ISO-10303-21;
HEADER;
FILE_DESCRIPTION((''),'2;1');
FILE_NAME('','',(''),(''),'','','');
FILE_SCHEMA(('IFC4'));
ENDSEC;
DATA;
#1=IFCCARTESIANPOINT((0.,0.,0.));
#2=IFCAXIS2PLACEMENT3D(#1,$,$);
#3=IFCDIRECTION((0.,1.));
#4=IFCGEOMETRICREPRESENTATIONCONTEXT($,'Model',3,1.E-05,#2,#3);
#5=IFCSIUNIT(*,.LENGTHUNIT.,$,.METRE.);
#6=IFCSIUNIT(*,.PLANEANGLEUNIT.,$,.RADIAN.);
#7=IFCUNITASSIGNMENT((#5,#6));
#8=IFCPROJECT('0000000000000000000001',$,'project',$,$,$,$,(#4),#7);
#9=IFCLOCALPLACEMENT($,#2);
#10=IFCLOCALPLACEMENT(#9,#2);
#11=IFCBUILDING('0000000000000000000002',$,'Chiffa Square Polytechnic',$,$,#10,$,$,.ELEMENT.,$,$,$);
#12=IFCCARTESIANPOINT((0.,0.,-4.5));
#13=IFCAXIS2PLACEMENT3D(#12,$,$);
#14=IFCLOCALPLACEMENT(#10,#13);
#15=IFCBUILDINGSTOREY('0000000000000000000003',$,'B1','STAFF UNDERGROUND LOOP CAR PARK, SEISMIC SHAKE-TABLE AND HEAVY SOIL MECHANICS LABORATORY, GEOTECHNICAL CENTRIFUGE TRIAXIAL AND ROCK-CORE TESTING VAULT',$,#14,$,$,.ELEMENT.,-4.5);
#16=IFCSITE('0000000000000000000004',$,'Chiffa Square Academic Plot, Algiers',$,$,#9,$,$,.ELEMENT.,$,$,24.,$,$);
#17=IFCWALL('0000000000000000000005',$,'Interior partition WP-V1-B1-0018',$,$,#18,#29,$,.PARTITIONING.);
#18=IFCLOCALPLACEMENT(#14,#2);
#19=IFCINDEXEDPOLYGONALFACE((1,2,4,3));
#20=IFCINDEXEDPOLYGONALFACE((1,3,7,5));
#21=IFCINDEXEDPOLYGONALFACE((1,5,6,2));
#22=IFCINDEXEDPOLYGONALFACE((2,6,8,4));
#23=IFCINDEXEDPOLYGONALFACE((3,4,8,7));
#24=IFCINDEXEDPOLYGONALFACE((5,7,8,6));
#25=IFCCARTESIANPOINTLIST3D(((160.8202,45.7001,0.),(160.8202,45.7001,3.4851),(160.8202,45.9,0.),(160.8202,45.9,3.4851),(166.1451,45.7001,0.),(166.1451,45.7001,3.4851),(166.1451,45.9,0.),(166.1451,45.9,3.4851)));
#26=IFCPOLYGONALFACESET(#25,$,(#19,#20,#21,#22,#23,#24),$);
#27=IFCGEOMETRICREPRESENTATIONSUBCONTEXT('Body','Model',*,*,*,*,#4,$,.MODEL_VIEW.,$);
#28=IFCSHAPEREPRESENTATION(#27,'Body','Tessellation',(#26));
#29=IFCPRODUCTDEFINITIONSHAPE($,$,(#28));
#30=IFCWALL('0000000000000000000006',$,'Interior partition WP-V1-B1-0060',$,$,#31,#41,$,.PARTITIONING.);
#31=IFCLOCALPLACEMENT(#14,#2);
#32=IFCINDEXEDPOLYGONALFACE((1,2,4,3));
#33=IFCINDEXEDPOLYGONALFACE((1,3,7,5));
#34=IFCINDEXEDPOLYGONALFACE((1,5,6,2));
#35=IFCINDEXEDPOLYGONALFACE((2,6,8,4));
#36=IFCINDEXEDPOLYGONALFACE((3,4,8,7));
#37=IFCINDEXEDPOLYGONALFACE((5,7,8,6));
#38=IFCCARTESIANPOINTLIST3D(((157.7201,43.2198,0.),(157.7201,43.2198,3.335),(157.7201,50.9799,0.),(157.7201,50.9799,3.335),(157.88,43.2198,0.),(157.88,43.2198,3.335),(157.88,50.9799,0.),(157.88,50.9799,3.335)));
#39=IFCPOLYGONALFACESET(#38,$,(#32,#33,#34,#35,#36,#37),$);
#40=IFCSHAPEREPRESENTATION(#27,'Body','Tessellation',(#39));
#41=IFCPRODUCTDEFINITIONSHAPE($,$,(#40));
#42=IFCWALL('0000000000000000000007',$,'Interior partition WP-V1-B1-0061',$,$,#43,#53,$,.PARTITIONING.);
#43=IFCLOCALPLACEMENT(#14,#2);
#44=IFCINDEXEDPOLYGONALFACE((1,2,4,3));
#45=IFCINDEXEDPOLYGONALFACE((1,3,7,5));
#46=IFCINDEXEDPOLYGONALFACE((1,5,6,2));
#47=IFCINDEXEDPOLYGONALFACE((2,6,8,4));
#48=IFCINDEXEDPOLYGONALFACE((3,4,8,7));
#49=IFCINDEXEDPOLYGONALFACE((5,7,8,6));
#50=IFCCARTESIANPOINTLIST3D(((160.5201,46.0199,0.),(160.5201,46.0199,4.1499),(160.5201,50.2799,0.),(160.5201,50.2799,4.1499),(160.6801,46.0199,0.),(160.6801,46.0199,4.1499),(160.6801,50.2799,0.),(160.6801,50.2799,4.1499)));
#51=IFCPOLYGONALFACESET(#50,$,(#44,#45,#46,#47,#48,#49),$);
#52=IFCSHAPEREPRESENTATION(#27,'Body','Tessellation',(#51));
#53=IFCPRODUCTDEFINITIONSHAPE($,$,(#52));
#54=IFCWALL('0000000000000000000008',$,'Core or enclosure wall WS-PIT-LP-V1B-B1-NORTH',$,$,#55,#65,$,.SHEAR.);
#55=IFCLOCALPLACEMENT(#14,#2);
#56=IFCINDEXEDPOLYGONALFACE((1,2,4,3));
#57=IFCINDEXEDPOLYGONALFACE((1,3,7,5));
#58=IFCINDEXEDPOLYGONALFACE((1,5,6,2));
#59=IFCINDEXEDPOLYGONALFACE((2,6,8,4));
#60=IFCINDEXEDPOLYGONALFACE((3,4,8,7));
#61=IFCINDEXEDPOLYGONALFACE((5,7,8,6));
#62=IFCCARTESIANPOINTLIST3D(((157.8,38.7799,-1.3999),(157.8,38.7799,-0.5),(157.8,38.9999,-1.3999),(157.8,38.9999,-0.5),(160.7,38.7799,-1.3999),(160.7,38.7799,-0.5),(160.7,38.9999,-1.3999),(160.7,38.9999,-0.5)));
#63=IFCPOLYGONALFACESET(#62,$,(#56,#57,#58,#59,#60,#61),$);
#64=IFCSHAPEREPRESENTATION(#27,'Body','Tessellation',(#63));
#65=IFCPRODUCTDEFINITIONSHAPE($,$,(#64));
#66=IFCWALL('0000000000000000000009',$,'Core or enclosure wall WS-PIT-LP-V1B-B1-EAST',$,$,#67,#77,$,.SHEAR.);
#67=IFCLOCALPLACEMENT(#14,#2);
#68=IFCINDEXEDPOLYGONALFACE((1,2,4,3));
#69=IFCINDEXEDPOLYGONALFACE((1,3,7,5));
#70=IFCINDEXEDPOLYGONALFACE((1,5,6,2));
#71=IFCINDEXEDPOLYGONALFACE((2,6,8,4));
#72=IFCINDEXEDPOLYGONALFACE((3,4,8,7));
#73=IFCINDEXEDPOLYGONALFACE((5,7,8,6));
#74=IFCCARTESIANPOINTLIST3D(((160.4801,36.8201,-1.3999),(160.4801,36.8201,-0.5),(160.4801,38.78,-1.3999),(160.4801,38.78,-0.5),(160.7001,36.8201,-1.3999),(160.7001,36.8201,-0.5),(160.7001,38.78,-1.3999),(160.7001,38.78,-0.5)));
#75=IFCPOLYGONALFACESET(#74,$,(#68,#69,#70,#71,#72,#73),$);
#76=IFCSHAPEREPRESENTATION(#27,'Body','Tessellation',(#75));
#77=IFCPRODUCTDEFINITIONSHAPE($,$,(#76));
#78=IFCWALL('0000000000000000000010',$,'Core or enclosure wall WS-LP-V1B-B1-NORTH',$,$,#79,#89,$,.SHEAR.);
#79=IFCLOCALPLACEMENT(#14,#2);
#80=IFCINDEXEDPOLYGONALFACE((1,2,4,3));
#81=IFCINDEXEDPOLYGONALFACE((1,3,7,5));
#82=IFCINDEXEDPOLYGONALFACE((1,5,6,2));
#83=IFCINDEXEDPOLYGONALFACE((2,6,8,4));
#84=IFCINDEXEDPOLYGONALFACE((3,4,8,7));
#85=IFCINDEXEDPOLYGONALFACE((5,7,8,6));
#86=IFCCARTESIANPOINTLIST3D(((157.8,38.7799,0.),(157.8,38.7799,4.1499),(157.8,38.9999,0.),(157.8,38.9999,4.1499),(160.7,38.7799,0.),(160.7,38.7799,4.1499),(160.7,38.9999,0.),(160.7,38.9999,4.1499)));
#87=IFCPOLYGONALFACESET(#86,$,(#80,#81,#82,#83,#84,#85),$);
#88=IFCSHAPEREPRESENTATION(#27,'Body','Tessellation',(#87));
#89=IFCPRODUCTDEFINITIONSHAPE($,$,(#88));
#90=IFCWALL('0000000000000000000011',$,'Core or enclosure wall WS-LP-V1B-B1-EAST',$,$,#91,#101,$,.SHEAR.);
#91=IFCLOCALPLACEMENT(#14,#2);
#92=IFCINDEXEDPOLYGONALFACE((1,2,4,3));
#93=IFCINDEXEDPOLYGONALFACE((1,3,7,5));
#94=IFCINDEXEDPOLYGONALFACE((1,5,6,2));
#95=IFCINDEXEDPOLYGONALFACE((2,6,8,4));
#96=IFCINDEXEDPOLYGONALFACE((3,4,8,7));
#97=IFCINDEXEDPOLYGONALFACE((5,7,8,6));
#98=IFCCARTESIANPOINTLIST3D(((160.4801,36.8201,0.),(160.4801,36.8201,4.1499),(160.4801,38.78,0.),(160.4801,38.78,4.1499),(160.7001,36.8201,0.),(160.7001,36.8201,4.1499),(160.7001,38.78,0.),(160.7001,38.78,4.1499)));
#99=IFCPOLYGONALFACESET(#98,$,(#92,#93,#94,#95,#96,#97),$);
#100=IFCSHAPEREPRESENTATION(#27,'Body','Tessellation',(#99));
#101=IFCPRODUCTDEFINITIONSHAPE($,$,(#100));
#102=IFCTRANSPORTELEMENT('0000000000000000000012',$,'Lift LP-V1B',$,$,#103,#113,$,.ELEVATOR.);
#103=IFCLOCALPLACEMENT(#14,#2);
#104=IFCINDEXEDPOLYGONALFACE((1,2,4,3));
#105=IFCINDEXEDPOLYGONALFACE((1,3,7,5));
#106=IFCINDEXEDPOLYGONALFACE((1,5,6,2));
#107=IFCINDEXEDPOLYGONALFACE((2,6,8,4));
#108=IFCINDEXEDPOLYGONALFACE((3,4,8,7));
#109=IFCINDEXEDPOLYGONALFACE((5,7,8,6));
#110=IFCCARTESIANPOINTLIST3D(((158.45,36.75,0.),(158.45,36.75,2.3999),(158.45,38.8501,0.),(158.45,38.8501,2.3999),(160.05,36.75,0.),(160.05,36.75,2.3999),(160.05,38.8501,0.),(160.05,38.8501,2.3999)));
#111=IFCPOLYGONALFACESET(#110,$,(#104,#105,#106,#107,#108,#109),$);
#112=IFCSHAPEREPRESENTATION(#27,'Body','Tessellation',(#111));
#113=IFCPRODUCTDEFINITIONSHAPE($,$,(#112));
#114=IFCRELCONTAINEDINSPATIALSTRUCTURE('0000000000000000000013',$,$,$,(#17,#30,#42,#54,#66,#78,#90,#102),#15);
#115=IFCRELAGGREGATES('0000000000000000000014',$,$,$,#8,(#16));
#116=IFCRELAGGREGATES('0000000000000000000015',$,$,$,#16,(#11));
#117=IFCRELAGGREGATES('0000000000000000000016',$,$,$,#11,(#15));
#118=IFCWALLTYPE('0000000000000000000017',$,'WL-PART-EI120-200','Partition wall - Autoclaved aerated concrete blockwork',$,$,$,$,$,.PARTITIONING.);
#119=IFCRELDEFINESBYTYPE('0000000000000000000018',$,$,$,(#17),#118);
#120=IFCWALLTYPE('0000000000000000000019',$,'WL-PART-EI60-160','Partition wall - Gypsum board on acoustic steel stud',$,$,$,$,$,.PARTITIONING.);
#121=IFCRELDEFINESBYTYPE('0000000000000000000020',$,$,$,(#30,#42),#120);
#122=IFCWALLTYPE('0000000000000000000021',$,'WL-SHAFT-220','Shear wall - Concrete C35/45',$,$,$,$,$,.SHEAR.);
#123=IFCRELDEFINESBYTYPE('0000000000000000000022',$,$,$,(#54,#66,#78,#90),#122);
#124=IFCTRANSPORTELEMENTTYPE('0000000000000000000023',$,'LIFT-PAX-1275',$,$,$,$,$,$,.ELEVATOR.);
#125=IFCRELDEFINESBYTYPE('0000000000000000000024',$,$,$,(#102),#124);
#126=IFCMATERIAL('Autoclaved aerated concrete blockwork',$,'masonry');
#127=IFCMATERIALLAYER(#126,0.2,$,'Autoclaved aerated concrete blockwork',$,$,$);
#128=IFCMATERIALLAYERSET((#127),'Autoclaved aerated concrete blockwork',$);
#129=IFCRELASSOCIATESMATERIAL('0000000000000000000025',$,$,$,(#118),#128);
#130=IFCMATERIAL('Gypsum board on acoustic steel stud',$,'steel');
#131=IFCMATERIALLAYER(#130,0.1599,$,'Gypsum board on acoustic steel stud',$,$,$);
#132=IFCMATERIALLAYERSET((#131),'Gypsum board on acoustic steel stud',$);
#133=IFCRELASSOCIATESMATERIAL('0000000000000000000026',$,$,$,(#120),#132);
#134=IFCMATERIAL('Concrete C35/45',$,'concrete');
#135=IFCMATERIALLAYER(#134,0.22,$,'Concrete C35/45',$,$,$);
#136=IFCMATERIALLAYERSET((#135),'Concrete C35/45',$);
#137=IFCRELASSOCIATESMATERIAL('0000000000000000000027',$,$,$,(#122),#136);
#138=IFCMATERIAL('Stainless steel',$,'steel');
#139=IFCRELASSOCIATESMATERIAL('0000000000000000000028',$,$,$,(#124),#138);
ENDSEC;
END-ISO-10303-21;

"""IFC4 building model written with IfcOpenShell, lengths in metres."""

from ifc_helpers import new_model, si_unit, direction, frame, frame_2d, origin, origin_2d, place, context, subcontext, project, spatial, rectangle, extrude, material, layer, layer_set, type_object, element, save


model = new_model("IFC4")

# Units and contexts
model_context = context("Model", 3, precision=1e-05, world=origin(), true_north=direction((0.0, 1.0)))
body_context = subcontext(model_context, "Body", "Model", "MODEL_VIEW")
ifc_project = project(units=[si_unit("LENGTHUNIT", "METRE"), si_unit("PLANEANGLEUNIT", "RADIAN")], contexts=[model_context])

# Site, building, storey
site_placement = place(None, origin())
site = spatial("IfcSite", under=ifc_project, at=site_placement, Name="Chiffa Square Academic Plot, Algiers", CompositionType="ELEMENT", RefElevation=24.0)
building_placement = place(site_placement, origin())
building = spatial("IfcBuilding", under=site, at=building_placement, Name="Chiffa Square Polytechnic", CompositionType="ELEMENT")
storey_placement = place(building_placement, frame((0.0, 0.0, -4.5)))
storey = spatial("IfcBuildingStorey", under=building, at=storey_placement, Name="B1", Description="STAFF UNDERGROUND LOOP CAR PARK, SEISMIC SHAKE-TABLE AND HEAVY SOIL MECHANICS LABORATORY, GEOTECHNICAL CENTRIFUGE TRIAXIAL AND ROCK-CORE TESTING VAULT", CompositionType="ELEMENT", Elevation=-4.5)

# Shared definitions
ifc_material_1 = material(Name="Concrete C35/45", Category="concrete")

# Shared definitions
ifc_material_2 = material(Name="Autoclaved aerated concrete blockwork", Category="masonry")
ifc_layer_1 = layer(ifc_material_2, 0.2, Name="Autoclaved aerated concrete blockwork")
ifc_layer_set_1 = layer_set([ifc_layer_1], Name="Autoclaved aerated concrete blockwork")
wall_type_1 = type_object("IfcWallType", Name="WL-PART-EI120-200", Description="Partition wall - Autoclaved aerated concrete blockwork", PredefinedType="PARTITIONING", material=ifc_layer_set_1)

# Walls
wall_1_placement = place(storey_placement, frame((160.8201, 45.8, 0.0), z_axis=(0.0, 0.0, 1.0), x_axis=(1.0, 0.0, 0.0)))
element("IfcWall", 1, at=wall_1_placement, inside=storey, type_object=wall_type_1, Name="Interior partition WP-V1-B1-0018", PredefinedType="PARTITIONING", context=body_context, shape_type="SweptSolid", body=[
    extrude(rectangle(XDim=5.325, YDim=0.2, at=frame_2d((2.6626, 0.0))), origin(), (0.0, 0.0, 1.0), 3.4851),
])
ifc_material_3 = material(Name="Gypsum board on acoustic steel stud", Category="steel")
ifc_layer_2 = layer(ifc_material_3, 0.1599, Name="Gypsum board on acoustic steel stud")
ifc_layer_set_2 = layer_set([ifc_layer_2], Name="Gypsum board on acoustic steel stud")
wall_type_2 = type_object("IfcWallType", Name="WL-PART-EI60-160", Description="Partition wall - Gypsum board on acoustic steel stud", PredefinedType="PARTITIONING", material=ifc_layer_set_2)
wall_2_placement = place(storey_placement, frame((157.8, 43.22, 0.0), z_axis=(0.0, 0.0, 1.0), x_axis=(0.0, 1.0, 0.0)))
element("IfcWall", 2, at=wall_2_placement, inside=storey, type_object=wall_type_2, Name="Interior partition WP-V1-B1-0060", PredefinedType="PARTITIONING", context=body_context, shape_type="SweptSolid", body=[
    extrude(rectangle(XDim=7.76, YDim=0.1599, at=frame_2d((3.8799, 0.0))), origin(), (0.0, 0.0, 1.0), 3.335),
])
wall_3_placement = place(storey_placement, frame((160.6001, 46.02, 0.0), z_axis=(0.0, 0.0, 1.0), x_axis=(0.0, 1.0, 0.0)))
element("IfcWall", 3, at=wall_3_placement, inside=storey, type_object=wall_type_2, Name="Interior partition WP-V1-B1-0061", PredefinedType="PARTITIONING", context=body_context, shape_type="SweptSolid", body=[
    extrude(rectangle(XDim=4.26, YDim=0.1599, at=frame_2d((2.1299, 0.0))), origin(), (0.0, 0.0, 1.0), 4.1499),
])
ifc_layer_3 = layer(ifc_material_1, 0.22, Name="Concrete C35/45")
ifc_layer_set_3 = layer_set([ifc_layer_3], Name="Concrete C35/45")
wall_type_3 = type_object("IfcWallType", Name="WL-SHAFT-220", Description="Shear wall - Concrete C35/45", PredefinedType="SHEAR", material=ifc_layer_set_3)
wall_4_placement = place(storey_placement, frame((157.8, 38.8899, -1.3999), z_axis=(0.0, 0.0, 1.0), x_axis=(1.0, 0.0, 0.0)))
element("IfcWall", 4, at=wall_4_placement, inside=storey, type_object=wall_type_3, Name="Core or enclosure wall WS-PIT-LP-V1B-B1-NORTH", PredefinedType="SHEAR", context=body_context, shape_type="SweptSolid", body=[
    extrude(rectangle(XDim=2.8999, YDim=0.22, at=frame_2d((1.45, 0.0))), origin(), (0.0, 0.0, 1.0), 0.8999),
])
wall_5_placement = place(storey_placement, frame((160.5901, 36.8201, -1.3999), z_axis=(0.0, 0.0, 1.0), x_axis=(0.0, 1.0, 0.0)))
element("IfcWall", 5, at=wall_5_placement, inside=storey, type_object=wall_type_3, Name="Core or enclosure wall WS-PIT-LP-V1B-B1-EAST", PredefinedType="SHEAR", context=body_context, shape_type="SweptSolid", body=[
    extrude(rectangle(XDim=1.96, YDim=0.22, at=frame_2d((0.98, 0.0))), origin(), (0.0, 0.0, 1.0), 0.8999),
])
wall_6_placement = place(storey_placement, frame((157.8, 38.8899, 0.0), z_axis=(0.0, 0.0, 1.0), x_axis=(1.0, 0.0, 0.0)))
element("IfcWall", 6, at=wall_6_placement, inside=storey, type_object=wall_type_3, Name="Core or enclosure wall WS-LP-V1B-B1-NORTH", PredefinedType="SHEAR", context=body_context, shape_type="SweptSolid", body=[
    extrude(rectangle(XDim=2.8999, YDim=0.22, at=frame_2d((1.45, 0.0))), origin(), (0.0, 0.0, 1.0), 4.1499),
])
wall_7_placement = place(storey_placement, frame((160.5901, 36.8201, 0.0), z_axis=(0.0, 0.0, 1.0), x_axis=(0.0, 1.0, 0.0)))
element("IfcWall", 7, at=wall_7_placement, inside=storey, type_object=wall_type_3, Name="Core or enclosure wall WS-LP-V1B-B1-EAST", PredefinedType="SHEAR", context=body_context, shape_type="SweptSolid", body=[
    extrude(rectangle(XDim=1.96, YDim=0.22, at=frame_2d((0.98, 0.0))), origin(), (0.0, 0.0, 1.0), 4.1499),
])

# Transport element
ifc_material_4 = material(Name="Stainless steel", Category="steel")
transport_element_type = type_object("IfcTransportElementType", Name="LIFT-PAX-1275", PredefinedType="ELEVATOR", material=ifc_material_4)
transport_element_placement = place(storey_placement, frame((159.25, 37.8, 0.0), z_axis=(0.0, 0.0, 1.0), x_axis=(1.0, 0.0, 0.0)))
element("IfcTransportElement", 8, at=transport_element_placement, inside=storey, type_object=transport_element_type, Name="Lift LP-V1B", PredefinedType="ELEVATOR", context=body_context, shape_type="SweptSolid", body=[
    extrude(rectangle(XDim=1.6001, YDim=2.1001, at=origin_2d()), origin(), (0.0, 0.0, 1.0), 2.3999),
])

save(model, "model.ifc")
